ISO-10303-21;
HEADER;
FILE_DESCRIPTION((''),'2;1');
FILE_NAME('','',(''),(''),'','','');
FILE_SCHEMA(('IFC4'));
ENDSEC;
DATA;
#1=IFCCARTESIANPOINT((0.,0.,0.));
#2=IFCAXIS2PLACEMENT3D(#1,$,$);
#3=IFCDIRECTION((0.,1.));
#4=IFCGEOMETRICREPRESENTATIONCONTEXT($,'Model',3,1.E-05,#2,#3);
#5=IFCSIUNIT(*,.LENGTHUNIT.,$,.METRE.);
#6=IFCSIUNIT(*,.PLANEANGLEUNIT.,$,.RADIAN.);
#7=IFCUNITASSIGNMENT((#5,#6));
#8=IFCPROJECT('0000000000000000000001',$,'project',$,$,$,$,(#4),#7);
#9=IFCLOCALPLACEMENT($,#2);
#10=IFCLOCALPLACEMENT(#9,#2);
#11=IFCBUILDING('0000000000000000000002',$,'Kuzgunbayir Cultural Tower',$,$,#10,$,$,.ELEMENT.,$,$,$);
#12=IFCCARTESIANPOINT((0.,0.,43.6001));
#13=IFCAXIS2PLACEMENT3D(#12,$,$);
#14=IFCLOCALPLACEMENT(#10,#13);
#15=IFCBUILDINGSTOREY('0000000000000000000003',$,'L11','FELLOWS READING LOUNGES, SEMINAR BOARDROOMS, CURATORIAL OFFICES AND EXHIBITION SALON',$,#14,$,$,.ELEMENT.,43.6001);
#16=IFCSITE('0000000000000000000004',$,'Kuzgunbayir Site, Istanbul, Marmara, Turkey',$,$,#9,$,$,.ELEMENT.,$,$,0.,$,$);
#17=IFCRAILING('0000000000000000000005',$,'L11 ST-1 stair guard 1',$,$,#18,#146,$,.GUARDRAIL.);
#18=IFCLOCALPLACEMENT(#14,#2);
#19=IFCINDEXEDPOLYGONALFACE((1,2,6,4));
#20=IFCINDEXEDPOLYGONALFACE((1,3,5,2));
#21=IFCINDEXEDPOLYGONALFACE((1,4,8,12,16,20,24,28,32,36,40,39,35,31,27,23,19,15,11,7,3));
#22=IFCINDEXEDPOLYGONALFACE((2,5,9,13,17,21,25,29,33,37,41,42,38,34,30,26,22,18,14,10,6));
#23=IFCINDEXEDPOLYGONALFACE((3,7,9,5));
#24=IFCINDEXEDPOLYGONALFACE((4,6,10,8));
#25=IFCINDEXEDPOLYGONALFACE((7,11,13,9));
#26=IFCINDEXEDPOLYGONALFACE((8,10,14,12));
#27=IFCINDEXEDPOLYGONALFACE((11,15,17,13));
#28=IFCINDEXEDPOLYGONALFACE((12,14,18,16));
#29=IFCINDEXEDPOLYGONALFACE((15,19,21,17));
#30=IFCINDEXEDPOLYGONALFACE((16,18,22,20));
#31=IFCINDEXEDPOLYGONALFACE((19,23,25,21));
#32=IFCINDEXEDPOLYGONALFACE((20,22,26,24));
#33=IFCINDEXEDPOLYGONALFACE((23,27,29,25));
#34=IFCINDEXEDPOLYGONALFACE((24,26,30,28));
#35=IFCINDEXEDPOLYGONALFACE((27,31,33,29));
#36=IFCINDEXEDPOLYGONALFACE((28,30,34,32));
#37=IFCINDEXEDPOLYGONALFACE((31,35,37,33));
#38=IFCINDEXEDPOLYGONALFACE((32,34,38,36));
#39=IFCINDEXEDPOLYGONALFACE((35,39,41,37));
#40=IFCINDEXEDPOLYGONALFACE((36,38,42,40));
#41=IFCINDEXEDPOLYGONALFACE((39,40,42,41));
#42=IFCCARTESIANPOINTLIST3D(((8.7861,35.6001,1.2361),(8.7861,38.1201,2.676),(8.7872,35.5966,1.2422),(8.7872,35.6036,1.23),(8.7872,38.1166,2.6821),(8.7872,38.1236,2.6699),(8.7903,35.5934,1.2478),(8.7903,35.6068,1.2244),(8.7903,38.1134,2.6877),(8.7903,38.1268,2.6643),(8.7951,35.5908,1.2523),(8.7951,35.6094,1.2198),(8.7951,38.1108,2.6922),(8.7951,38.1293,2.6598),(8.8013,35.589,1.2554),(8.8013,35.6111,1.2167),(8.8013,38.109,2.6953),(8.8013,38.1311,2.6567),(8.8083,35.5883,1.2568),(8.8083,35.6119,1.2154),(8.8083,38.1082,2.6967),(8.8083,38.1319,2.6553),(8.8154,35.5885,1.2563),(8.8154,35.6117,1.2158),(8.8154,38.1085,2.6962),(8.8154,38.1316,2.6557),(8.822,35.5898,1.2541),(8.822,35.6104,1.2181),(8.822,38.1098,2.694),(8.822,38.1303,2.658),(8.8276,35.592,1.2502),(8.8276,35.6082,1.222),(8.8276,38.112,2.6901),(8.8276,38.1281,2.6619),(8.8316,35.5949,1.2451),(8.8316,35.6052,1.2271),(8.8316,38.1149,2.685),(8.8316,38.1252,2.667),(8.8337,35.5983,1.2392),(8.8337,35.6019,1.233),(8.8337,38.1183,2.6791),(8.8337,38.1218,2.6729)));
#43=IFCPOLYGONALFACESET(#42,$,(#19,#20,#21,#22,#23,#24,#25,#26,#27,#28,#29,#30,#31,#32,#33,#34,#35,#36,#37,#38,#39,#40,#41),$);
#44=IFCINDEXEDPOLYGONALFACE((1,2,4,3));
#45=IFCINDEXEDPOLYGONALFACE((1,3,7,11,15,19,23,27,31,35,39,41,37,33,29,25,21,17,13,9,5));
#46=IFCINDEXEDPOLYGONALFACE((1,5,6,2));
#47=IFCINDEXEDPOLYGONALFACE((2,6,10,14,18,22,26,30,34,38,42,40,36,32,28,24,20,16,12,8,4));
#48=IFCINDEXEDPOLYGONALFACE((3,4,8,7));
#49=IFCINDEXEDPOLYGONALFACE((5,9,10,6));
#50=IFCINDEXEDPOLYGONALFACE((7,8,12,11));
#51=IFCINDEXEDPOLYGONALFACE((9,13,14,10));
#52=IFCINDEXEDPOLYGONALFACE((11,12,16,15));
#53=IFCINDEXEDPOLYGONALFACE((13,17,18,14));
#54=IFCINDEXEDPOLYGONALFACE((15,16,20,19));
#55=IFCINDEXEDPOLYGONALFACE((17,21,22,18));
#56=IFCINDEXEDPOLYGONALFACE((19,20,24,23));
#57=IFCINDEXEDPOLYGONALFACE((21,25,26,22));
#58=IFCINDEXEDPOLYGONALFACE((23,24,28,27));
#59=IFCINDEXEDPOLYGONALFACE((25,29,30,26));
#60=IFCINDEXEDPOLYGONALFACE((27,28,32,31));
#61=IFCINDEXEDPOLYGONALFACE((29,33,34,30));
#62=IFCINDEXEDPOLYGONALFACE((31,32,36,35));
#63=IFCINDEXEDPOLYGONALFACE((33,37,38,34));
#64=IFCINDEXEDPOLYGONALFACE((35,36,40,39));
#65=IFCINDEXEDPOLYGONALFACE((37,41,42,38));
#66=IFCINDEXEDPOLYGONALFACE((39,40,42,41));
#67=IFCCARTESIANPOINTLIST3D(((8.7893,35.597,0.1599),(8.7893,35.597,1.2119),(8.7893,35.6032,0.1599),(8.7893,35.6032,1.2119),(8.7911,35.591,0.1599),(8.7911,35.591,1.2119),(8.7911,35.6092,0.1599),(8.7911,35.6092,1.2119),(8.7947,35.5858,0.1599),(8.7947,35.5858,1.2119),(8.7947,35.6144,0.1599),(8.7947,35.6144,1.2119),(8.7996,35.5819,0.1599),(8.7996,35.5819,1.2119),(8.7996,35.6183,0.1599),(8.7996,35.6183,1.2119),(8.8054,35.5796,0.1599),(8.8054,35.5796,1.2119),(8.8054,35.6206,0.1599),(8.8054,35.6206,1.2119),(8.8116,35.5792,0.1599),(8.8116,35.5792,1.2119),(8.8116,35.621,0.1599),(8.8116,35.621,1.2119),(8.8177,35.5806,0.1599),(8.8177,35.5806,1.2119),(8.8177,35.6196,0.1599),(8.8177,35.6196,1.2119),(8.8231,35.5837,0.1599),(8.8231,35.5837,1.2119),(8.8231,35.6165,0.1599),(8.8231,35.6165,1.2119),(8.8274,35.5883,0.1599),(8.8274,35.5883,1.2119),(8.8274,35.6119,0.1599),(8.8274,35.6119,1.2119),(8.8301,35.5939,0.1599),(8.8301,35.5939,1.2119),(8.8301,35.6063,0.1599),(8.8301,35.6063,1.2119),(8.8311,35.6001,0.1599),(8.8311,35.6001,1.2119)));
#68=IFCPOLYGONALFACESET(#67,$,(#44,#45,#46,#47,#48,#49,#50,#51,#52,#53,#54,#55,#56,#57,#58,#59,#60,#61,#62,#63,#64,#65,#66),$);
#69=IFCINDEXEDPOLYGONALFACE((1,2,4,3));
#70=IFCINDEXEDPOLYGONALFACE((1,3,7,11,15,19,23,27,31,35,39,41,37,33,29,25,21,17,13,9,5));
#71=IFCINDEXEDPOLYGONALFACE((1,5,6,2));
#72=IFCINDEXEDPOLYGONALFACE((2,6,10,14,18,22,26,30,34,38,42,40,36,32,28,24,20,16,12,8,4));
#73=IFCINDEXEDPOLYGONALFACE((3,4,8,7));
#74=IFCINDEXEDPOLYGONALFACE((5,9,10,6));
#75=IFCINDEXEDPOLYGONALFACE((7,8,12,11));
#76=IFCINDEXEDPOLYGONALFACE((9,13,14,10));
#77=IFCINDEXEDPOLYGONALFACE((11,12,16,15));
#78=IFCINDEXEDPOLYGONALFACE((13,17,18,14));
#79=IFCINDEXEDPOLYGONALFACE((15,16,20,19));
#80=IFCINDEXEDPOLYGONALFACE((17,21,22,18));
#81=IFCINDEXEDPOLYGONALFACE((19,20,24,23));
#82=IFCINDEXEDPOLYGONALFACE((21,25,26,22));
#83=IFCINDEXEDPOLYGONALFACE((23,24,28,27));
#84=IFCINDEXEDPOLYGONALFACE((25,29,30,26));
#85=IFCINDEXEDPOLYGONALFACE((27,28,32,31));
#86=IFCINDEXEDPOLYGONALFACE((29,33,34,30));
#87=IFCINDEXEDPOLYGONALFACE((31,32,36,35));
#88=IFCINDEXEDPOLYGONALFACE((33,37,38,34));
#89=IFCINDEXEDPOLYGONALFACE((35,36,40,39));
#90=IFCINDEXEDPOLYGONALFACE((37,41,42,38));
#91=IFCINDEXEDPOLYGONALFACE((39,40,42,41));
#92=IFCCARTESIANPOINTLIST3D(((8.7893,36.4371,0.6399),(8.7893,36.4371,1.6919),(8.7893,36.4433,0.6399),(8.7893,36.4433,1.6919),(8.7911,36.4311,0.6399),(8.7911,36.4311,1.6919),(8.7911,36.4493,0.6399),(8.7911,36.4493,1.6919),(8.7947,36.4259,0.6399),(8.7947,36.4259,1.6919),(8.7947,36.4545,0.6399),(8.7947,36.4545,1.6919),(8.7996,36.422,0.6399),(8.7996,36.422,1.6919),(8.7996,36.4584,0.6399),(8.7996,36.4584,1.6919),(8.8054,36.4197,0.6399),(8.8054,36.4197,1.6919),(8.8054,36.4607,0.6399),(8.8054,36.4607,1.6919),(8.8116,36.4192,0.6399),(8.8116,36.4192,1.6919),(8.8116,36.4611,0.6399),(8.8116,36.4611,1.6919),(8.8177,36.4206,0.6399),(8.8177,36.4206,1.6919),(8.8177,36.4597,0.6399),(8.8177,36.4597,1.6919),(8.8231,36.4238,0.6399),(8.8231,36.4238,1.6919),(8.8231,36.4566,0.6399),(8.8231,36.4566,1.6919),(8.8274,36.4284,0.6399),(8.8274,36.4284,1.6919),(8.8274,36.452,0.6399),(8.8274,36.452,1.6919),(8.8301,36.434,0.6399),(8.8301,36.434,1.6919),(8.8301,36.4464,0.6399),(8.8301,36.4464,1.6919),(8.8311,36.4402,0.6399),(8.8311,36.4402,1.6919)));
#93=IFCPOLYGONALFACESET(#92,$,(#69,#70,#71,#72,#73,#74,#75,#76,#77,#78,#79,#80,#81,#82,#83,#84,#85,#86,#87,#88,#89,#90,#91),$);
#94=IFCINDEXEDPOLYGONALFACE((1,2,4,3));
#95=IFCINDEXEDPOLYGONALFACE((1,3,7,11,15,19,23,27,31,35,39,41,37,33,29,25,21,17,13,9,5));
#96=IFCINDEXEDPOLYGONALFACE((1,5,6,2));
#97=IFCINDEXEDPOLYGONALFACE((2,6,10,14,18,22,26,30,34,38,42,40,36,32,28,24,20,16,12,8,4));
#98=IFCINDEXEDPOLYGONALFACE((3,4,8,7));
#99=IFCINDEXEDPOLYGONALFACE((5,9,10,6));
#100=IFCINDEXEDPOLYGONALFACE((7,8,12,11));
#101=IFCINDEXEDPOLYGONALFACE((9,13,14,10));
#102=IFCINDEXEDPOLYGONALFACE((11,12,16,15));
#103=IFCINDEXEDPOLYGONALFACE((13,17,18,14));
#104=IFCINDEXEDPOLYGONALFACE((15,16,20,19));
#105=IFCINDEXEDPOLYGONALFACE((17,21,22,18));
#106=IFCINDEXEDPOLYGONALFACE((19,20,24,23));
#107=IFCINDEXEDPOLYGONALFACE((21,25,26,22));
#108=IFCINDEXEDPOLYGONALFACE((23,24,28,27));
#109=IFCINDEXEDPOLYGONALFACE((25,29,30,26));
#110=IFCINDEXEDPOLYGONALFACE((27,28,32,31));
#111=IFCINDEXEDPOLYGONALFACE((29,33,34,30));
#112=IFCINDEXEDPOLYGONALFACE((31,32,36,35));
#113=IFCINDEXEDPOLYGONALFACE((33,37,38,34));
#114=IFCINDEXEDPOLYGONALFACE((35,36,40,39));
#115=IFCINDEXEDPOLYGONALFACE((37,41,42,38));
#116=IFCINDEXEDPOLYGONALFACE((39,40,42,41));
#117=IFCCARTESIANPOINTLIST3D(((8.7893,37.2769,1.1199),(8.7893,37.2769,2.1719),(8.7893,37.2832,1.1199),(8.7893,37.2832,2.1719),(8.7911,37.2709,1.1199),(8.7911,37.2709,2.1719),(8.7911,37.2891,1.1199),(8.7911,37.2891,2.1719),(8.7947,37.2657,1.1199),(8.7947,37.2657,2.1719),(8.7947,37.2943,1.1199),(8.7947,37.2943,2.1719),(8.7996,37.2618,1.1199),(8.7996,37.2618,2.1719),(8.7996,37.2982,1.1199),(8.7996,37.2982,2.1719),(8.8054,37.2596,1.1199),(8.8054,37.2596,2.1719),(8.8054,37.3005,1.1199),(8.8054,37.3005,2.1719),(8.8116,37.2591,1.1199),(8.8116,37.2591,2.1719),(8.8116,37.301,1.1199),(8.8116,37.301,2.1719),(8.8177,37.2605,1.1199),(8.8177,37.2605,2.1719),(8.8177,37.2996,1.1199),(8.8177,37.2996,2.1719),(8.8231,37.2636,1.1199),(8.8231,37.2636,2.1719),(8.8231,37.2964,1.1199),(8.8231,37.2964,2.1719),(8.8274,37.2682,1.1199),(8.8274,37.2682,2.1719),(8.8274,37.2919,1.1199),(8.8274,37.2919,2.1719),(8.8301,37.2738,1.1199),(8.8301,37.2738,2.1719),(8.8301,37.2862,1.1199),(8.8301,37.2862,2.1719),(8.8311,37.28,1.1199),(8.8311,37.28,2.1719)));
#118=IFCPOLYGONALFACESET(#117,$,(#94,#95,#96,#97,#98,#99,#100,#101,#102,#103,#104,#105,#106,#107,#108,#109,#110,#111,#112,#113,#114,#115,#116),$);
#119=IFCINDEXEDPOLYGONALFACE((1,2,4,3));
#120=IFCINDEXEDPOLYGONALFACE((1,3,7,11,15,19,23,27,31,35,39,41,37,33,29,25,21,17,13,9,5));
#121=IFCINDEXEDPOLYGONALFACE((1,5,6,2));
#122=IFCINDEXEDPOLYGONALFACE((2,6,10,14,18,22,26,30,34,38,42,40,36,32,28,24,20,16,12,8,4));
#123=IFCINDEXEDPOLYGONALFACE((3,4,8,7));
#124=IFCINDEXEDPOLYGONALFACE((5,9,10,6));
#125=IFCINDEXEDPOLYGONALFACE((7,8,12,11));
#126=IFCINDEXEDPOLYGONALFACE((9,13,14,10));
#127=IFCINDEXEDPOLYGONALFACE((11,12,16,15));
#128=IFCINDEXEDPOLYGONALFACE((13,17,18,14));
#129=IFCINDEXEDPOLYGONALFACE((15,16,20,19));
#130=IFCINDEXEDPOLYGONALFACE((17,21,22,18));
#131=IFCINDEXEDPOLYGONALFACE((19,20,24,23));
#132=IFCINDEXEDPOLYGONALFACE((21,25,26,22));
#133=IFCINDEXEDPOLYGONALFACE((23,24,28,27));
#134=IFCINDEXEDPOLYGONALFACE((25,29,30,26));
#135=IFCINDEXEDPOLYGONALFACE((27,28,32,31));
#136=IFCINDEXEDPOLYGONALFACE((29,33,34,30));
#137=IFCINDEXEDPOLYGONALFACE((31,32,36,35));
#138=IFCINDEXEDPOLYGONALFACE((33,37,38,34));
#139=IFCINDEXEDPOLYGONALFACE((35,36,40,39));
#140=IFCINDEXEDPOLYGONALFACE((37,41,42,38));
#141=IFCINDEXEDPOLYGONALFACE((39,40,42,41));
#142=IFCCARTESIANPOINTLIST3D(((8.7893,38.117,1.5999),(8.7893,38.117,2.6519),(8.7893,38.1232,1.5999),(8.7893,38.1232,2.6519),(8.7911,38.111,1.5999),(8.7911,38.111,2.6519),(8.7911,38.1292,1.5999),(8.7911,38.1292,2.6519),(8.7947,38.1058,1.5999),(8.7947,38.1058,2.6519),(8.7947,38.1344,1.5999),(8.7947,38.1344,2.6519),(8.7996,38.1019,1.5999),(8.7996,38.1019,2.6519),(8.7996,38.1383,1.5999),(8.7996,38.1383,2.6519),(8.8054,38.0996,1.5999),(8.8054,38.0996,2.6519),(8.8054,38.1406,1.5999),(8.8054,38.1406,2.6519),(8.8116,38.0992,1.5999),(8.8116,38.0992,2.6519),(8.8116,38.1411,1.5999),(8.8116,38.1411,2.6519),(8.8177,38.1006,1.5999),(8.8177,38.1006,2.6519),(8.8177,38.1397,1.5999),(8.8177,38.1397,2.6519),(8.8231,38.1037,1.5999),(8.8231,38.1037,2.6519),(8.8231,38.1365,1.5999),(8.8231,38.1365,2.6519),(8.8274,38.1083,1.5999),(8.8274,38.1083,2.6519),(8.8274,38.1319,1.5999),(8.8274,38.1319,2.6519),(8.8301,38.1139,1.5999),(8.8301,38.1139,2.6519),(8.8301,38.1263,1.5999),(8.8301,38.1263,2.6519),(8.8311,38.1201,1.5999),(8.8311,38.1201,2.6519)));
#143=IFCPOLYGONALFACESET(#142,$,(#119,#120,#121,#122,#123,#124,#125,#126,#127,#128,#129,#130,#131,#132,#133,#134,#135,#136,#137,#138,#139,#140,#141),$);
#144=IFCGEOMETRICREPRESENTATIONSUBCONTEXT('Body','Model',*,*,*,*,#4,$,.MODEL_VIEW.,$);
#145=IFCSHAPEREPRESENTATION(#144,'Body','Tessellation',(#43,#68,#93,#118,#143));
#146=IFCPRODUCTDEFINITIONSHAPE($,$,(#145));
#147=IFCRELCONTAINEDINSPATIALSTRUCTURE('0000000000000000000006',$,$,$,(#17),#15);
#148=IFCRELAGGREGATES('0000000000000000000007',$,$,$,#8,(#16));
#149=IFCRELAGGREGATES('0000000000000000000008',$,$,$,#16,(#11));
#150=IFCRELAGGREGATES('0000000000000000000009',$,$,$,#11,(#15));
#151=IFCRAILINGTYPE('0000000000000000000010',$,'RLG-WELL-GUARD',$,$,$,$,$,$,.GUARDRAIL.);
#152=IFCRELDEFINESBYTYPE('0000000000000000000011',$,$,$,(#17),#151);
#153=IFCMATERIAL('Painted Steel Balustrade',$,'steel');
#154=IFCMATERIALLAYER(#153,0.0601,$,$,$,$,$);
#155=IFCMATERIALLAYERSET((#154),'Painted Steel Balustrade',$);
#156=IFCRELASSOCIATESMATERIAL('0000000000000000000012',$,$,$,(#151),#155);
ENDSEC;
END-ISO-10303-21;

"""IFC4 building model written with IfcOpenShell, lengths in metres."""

from ifc_helpers import new_model, si_unit, direction, frame, origin, origin_2d, place, context, subcontext, project, spatial, circle, extrude, material, layer, layer_set, type_object, element, save


model = new_model("IFC4")

# Units and contexts
model_context = context("Model", 3, precision=1e-05, world=origin(), true_north=direction((0.0, 1.0)))
body_context = subcontext(model_context, "Body", "Model", "MODEL_VIEW")
ifc_project = project(units=[si_unit("LENGTHUNIT", "METRE"), si_unit("PLANEANGLEUNIT", "RADIAN")], contexts=[model_context])

# Site, building, storey
site_placement = place(None, origin())
site = spatial("IfcSite", under=ifc_project, at=site_placement, Name="Kuzgunbayir Site, Istanbul, Marmara, Turkey", CompositionType="ELEMENT", RefElevation=0.0)
building_placement = place(site_placement, origin())
building = spatial("IfcBuilding", under=site, at=building_placement, Name="Kuzgunbayir Cultural Tower", CompositionType="ELEMENT")
storey_placement = place(building_placement, frame((0.0, 0.0, 43.6001)))
storey = spatial("IfcBuildingStorey", under=building, at=storey_placement, Name="L11", Description="FELLOWS READING LOUNGES, SEMINAR BOARDROOMS, CURATORIAL OFFICES AND EXHIBITION SALON", CompositionType="ELEMENT", Elevation=43.6001)

# Railing
ifc_material_1 = material(Name="Painted Steel Balustrade", Category="steel")
ifc_layer_1 = layer(ifc_material_1, 0.0601)
ifc_layer_set_1 = layer_set([ifc_layer_1], Name="Painted Steel Balustrade")
railing_type_1 = type_object("IfcRailingType", Name="RLG-WELL-GUARD", PredefinedType="GUARDRAIL", material=ifc_layer_set_1)
railing_1_placement = place(storey_placement, frame((8.8101, 35.6001, 0.1599)))
element("IfcRailing", 1, at=railing_1_placement, inside=storey, type_object=railing_type_1, Name="L11 ST-1 stair guard 1", PredefinedType="GUARDRAIL", context=body_context, shape_type="SweptSolid", body=[
    extrude(circle(Radius=0.0239, at=origin_2d()), frame((0.0, 0.0, 1.0762), z_axis=(0.0, 0.868253, 0.496121), x_axis=(-1.0, 0.0, 0.0)), (0.0, 0.0, 1.0), 2.9023),
    extrude(circle(Radius=0.021, at=origin_2d()), origin(), (0.0, 0.0, 1.0), 1.052),
    extrude(circle(Radius=0.021, at=origin_2d()), frame((0.0, 0.8401, 0.48)), (0.0, 0.0, 1.0), 1.052),
    extrude(circle(Radius=0.021, at=origin_2d()), frame((0.0, 1.6799, 0.96)), (0.0, 0.0, 1.0), 1.052),
    extrude(circle(Radius=0.021, at=origin_2d()), frame((0.0, 2.52, 1.4399)), (0.0, 0.0, 1.0), 1.052),
])

save(model, "model.ifc")
